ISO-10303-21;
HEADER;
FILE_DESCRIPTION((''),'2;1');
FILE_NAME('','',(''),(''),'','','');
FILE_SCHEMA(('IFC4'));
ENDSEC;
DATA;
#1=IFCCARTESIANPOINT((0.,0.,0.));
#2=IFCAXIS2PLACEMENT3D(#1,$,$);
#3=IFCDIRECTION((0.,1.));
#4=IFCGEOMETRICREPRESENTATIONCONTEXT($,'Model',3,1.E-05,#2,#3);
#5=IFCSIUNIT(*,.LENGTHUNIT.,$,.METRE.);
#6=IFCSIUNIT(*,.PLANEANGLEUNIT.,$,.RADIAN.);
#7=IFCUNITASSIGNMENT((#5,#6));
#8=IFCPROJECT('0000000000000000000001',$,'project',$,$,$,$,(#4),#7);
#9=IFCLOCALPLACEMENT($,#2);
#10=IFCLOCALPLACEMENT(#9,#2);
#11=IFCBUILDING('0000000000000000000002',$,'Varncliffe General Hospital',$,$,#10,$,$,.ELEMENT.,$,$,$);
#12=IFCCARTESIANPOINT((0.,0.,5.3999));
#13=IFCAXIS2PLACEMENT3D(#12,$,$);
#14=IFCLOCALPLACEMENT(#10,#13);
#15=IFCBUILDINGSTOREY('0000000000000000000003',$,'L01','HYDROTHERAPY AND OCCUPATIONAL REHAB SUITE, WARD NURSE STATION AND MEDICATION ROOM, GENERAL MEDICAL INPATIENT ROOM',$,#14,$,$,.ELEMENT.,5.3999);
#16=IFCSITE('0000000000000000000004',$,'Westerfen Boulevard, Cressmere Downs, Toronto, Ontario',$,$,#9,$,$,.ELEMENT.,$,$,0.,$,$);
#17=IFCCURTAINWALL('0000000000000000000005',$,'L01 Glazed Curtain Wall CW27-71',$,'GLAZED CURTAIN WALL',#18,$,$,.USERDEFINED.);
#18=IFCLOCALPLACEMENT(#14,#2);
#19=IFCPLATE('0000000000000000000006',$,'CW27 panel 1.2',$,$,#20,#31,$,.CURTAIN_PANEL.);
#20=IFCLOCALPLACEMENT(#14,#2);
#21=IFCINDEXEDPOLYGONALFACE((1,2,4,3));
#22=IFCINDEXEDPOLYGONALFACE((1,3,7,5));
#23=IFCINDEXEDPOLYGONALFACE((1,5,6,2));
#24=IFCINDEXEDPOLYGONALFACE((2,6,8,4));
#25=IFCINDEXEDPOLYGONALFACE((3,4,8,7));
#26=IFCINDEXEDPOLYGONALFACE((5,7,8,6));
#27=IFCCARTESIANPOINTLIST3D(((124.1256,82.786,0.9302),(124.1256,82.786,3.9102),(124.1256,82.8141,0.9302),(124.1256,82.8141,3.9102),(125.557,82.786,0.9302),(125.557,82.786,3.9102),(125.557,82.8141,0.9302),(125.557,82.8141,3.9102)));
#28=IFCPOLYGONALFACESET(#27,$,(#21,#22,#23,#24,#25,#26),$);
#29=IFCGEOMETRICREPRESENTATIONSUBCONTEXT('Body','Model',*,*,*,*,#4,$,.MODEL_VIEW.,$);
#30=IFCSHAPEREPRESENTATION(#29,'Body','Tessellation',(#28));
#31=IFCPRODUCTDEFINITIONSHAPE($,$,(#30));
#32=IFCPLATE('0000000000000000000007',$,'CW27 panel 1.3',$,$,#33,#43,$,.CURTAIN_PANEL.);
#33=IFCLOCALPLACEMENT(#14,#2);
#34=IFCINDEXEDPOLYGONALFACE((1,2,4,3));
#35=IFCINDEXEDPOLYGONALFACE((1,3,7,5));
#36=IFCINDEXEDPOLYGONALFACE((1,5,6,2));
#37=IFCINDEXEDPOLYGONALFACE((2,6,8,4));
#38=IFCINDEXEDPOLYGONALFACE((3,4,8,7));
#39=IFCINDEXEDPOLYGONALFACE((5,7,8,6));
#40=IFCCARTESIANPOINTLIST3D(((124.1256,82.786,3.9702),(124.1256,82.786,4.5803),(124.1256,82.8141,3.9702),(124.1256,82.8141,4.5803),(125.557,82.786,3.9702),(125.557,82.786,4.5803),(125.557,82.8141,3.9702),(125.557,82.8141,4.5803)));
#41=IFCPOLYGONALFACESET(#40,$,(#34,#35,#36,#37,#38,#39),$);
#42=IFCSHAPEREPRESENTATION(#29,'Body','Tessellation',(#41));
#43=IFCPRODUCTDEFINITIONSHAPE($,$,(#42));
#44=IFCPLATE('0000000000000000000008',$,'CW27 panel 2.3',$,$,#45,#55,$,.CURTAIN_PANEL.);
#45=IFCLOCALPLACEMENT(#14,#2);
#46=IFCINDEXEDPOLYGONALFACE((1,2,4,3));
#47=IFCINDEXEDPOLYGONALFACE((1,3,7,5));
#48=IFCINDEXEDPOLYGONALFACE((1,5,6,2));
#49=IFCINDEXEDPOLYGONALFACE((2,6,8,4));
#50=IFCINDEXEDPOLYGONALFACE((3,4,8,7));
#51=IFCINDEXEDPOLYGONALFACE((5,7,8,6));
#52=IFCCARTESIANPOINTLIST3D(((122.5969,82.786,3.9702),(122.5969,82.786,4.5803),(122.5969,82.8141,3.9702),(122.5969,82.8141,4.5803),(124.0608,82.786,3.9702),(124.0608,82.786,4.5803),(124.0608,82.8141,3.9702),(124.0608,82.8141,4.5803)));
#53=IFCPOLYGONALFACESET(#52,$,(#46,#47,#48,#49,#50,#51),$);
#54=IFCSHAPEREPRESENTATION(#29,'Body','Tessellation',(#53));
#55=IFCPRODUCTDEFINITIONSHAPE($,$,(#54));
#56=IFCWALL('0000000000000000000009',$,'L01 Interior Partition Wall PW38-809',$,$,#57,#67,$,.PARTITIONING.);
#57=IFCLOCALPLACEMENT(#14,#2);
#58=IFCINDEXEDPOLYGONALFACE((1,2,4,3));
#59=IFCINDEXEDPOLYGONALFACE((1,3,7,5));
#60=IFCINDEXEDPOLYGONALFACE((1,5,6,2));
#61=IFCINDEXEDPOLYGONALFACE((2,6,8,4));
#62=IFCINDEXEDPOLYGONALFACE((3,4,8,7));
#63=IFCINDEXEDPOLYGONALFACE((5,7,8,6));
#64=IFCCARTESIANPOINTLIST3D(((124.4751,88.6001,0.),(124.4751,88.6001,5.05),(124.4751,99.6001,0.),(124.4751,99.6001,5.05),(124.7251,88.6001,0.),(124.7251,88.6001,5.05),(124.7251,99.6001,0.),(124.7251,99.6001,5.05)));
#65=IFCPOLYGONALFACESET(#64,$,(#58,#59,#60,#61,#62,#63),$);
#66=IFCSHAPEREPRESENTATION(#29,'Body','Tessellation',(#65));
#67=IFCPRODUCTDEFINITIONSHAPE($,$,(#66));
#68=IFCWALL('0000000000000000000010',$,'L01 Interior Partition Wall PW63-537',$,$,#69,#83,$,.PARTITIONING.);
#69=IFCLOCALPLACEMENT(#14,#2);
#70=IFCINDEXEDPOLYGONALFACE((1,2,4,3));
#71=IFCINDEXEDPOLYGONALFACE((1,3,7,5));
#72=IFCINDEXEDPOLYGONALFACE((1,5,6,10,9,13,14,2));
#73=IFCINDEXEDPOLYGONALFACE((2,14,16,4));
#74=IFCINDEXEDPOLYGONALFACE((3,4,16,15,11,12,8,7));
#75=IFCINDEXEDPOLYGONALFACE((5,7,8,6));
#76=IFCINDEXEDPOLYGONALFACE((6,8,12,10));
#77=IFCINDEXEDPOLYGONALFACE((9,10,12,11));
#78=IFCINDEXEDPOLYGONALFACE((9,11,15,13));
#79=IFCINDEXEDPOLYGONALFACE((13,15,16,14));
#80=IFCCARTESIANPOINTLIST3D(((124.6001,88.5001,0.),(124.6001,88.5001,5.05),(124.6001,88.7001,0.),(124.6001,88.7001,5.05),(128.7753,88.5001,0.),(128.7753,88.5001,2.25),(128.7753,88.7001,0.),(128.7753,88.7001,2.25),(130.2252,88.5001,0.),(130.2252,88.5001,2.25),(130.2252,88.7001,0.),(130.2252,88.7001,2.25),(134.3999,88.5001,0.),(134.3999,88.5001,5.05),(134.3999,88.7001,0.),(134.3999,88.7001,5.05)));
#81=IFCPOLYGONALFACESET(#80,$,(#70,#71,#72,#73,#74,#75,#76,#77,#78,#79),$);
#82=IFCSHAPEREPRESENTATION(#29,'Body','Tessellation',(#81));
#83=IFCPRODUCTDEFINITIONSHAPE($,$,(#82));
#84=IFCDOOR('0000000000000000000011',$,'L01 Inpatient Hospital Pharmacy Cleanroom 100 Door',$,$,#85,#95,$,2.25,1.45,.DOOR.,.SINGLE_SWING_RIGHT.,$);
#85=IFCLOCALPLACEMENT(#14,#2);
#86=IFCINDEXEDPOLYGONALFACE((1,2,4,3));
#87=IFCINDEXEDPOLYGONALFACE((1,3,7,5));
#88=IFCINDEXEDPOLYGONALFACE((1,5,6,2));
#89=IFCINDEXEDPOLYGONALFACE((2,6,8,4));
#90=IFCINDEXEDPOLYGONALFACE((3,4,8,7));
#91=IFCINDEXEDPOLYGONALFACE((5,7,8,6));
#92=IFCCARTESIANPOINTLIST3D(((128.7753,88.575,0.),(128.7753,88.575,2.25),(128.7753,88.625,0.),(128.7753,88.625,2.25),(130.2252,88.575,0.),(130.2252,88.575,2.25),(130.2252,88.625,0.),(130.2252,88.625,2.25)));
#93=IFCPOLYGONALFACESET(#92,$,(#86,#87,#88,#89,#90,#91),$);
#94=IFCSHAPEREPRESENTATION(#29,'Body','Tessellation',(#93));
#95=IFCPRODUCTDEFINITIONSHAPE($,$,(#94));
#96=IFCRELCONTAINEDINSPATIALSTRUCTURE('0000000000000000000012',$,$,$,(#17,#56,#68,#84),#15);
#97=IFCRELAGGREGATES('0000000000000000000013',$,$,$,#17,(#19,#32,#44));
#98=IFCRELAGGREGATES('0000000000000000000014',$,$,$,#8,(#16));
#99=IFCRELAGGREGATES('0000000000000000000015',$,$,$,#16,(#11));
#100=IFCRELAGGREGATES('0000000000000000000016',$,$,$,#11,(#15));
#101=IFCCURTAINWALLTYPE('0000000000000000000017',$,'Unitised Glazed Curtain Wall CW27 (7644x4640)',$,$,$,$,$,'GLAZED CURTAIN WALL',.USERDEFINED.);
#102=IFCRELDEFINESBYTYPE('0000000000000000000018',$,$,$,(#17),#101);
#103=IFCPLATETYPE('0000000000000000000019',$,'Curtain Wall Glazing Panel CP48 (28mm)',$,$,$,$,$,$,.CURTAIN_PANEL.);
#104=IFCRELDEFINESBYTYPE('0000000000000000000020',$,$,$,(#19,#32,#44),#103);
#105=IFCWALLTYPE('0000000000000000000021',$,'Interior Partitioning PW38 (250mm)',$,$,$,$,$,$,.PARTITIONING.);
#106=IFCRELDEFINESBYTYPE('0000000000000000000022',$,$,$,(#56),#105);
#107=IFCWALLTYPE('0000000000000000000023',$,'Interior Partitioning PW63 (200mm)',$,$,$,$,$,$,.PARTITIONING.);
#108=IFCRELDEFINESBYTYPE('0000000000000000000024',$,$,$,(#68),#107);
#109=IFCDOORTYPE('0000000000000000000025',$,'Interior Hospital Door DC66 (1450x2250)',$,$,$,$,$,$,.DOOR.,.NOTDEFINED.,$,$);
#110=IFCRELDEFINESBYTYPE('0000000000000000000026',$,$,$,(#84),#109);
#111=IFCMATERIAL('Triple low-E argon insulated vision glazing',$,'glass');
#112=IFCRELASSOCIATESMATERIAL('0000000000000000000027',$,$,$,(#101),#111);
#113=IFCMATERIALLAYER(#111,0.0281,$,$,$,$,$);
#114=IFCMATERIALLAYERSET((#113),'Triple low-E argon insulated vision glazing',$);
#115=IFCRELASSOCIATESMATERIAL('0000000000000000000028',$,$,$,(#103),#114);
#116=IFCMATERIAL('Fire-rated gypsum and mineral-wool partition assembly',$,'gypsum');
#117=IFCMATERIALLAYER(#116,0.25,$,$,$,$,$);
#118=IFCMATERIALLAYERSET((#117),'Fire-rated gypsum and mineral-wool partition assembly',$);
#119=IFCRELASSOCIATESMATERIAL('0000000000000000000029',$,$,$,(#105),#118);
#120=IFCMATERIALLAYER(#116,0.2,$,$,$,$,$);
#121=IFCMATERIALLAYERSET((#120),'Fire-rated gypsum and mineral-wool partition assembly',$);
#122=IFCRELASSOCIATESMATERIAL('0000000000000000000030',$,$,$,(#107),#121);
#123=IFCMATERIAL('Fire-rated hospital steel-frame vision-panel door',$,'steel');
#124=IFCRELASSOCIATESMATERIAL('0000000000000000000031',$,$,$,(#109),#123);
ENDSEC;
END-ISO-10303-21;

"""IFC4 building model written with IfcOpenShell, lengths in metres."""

from ifc_helpers import new_model, si_unit, direction, frame, frame_2d, origin, origin_2d, place, context, subcontext, project, spatial, rectangle, extrude, material, layer, layer_set, type_object, element, fill, aggregate, save


model = new_model("IFC4")

# Units and contexts
model_context = context("Model", 3, precision=1e-05, world=origin(), true_north=direction((0.0, 1.0)))
body_context = subcontext(model_context, "Body", "Model", "MODEL_VIEW")
ifc_project = project(units=[si_unit("LENGTHUNIT", "METRE"), si_unit("PLANEANGLEUNIT", "RADIAN")], contexts=[model_context])

# Site, building, storey
site_placement = place(None, origin())
site = spatial("IfcSite", under=ifc_project, at=site_placement, Name="Westerfen Boulevard, Cressmere Downs, Toronto, Ontario", CompositionType="ELEMENT", RefElevation=0.0)
building_placement = place(site_placement, origin())
building = spatial("IfcBuilding", under=site, at=building_placement, Name="Varncliffe General Hospital", CompositionType="ELEMENT")
storey_placement = place(building_placement, frame((0.0, 0.0, 5.3999)))
storey = spatial("IfcBuildingStorey", under=building, at=storey_placement, Name="L01", Description="HYDROTHERAPY AND OCCUPATIONAL REHAB SUITE, WARD NURSE STATION AND MEDICATION ROOM, GENERAL MEDICAL INPATIENT ROOM", CompositionType="ELEMENT", Elevation=5.3999)

# Curtain wall
ifc_material_1 = material(Name="Triple low-E argon insulated vision glazing", Category="glass")
curtain_wall_type = type_object("IfcCurtainWallType", Name="Unitised Glazed Curtain Wall CW27 (7644x4640)", ElementType="GLAZED CURTAIN WALL", PredefinedType="USERDEFINED", material=ifc_material_1)
curtain_wall_placement = place(storey_placement, origin())
curtain_wall = element("IfcCurtainWall", 1, at=curtain_wall_placement, inside=storey, type_object=curtain_wall_type, Name="L01 Glazed Curtain Wall CW27-71", ObjectType="GLAZED CURTAIN WALL", PredefinedType="USERDEFINED")

# Plates
ifc_layer_1 = layer(ifc_material_1, 0.0281)
ifc_layer_set_1 = layer_set([ifc_layer_1], Name="Triple low-E argon insulated vision glazing")
plate_type = type_object("IfcPlateType", Name="Curtain Wall Glazing Panel CP48 (28mm)", PredefinedType="CURTAIN_PANEL", material=ifc_layer_set_1)
plate_1_placement = place(storey_placement, frame((124.8413, 82.8, 0.9302), z_axis=(0.0, 0.0, 1.0), x_axis=(-1.0, 0.0, 0.0)))
plate_1 = element("IfcPlate", 2, at=plate_1_placement, type_object=plate_type, Name="CW27 panel 1.2", PredefinedType="CURTAIN_PANEL", context=body_context, shape_type="SweptSolid", body=[
    extrude(rectangle(XDim=1.4314, YDim=0.0281, at=origin_2d()), origin(), (0.0, 0.0, 1.0), 2.98),
])
plate_2_placement = place(storey_placement, frame((124.8413, 82.8, 3.9702), z_axis=(0.0, 0.0, 1.0), x_axis=(-1.0, 0.0, 0.0)))
plate_2 = element("IfcPlate", 3, at=plate_2_placement, type_object=plate_type, Name="CW27 panel 1.3", PredefinedType="CURTAIN_PANEL", context=body_context, shape_type="SweptSolid", body=[
    extrude(rectangle(XDim=1.4314, YDim=0.0281, at=origin_2d()), origin(), (0.0, 0.0, 1.0), 0.6101),
])
plate_3_placement = place(storey_placement, frame((123.3289, 82.8, 3.9702), z_axis=(0.0, 0.0, 1.0), x_axis=(-1.0, 0.0, 0.0)))
plate_3 = element("IfcPlate", 4, at=plate_3_placement, type_object=plate_type, Name="CW27 panel 2.3", PredefinedType="CURTAIN_PANEL", context=body_context, shape_type="SweptSolid", body=[
    extrude(rectangle(XDim=1.4639, YDim=0.0281, at=origin_2d()), origin(), (0.0, 0.0, 1.0), 0.6101),
])
aggregate(curtain_wall, [plate_1, plate_2, plate_3])

# Wall
ifc_material_2 = material(Name="Fire-rated gypsum and mineral-wool partition assembly", Category="gypsum")
ifc_layer_2 = layer(ifc_material_2, 0.25)
ifc_layer_set_2 = layer_set([ifc_layer_2], Name="Fire-rated gypsum and mineral-wool partition assembly")
wall_type_1 = type_object("IfcWallType", Name="Interior Partitioning PW38 (250mm)", PredefinedType="PARTITIONING", material=ifc_layer_set_2)
wall_1_placement = place(storey_placement, frame((124.6001, 88.6001, 0.0), z_axis=(0.0, 0.0, 1.0), x_axis=(0.0, 1.0, 0.0)))
element("IfcWall", 5, at=wall_1_placement, inside=storey, type_object=wall_type_1, Name="L01 Interior Partition Wall PW38-809", PredefinedType="PARTITIONING", context=body_context, shape_type="SweptSolid", body=[
    extrude(rectangle(XDim=11.0, YDim=0.25, at=frame_2d((5.5, 0.0))), origin(), (0.0, 0.0, 1.0), 5.05),
])

# Wall, opening, door
ifc_layer_3 = layer(ifc_material_2, 0.2)
ifc_layer_set_3 = layer_set([ifc_layer_3], Name="Fire-rated gypsum and mineral-wool partition assembly")
wall_type_2 = type_object("IfcWallType", Name="Interior Partitioning PW63 (200mm)", PredefinedType="PARTITIONING", material=ifc_layer_set_3)
wall_2_placement = place(storey_placement, frame((124.6001, 88.6001, 0.0), z_axis=(0.0, 0.0, 1.0), x_axis=(1.0, 0.0, 0.0)))
wall_2 = element("IfcWall", 6, at=wall_2_placement, inside=storey, type_object=wall_type_2, Name="L01 Interior Partition Wall PW63-537", PredefinedType="PARTITIONING", context=body_context, shape_type="SweptSolid", body=[
    extrude(rectangle(XDim=9.7998, YDim=0.2, at=frame_2d((4.8999, 0.0))), origin(), (0.0, 0.0, 1.0), 5.05),
])
opening_placement = place(wall_2_placement, frame((4.175, 0.0, 0.0)))
opening = element("IfcOpeningElement", 7, at=opening_placement, cuts=wall_2, PredefinedType="OPENING", context=body_context, shape_type="SweptSolid", body=[
    extrude(rectangle(XDim=1.45, YDim=2.25, at=frame_2d((0.7251, 1.125))), frame((0.0, 0.1099, 0.0), z_axis=(0.0, -1.0, 0.0), x_axis=(1.0, 0.0, 0.0)), (0.0, 0.0, 1.0), 0.22),
])
ifc_material_3 = material(Name="Fire-rated hospital steel-frame vision-panel door", Category="steel")
door_type = type_object("IfcDoorType", Name="Interior Hospital Door DC66 (1450x2250)", OperationType="NOTDEFINED", PredefinedType="DOOR", material=ifc_material_3)
door_placement = place(opening_placement, origin())
door = element("IfcDoor", 8, at=door_placement, inside=storey, type_object=door_type, Name="L01 Inpatient Hospital Pharmacy Cleanroom 100 Door", OperationType="SINGLE_SWING_RIGHT", OverallHeight=2.25, OverallWidth=1.45, PredefinedType="DOOR", context=body_context, shape_type="SweptSolid", body=[
    extrude(rectangle(XDim=1.45, YDim=2.25, at=frame_2d((0.7251, 1.125))), frame((0.0, 0.0249, 0.0), z_axis=(0.0, -1.0, 0.0), x_axis=(1.0, 0.0, 0.0)), (0.0, 0.0, 1.0), 0.05),
])
fill(opening, door)

save(model, "model.ifc")
